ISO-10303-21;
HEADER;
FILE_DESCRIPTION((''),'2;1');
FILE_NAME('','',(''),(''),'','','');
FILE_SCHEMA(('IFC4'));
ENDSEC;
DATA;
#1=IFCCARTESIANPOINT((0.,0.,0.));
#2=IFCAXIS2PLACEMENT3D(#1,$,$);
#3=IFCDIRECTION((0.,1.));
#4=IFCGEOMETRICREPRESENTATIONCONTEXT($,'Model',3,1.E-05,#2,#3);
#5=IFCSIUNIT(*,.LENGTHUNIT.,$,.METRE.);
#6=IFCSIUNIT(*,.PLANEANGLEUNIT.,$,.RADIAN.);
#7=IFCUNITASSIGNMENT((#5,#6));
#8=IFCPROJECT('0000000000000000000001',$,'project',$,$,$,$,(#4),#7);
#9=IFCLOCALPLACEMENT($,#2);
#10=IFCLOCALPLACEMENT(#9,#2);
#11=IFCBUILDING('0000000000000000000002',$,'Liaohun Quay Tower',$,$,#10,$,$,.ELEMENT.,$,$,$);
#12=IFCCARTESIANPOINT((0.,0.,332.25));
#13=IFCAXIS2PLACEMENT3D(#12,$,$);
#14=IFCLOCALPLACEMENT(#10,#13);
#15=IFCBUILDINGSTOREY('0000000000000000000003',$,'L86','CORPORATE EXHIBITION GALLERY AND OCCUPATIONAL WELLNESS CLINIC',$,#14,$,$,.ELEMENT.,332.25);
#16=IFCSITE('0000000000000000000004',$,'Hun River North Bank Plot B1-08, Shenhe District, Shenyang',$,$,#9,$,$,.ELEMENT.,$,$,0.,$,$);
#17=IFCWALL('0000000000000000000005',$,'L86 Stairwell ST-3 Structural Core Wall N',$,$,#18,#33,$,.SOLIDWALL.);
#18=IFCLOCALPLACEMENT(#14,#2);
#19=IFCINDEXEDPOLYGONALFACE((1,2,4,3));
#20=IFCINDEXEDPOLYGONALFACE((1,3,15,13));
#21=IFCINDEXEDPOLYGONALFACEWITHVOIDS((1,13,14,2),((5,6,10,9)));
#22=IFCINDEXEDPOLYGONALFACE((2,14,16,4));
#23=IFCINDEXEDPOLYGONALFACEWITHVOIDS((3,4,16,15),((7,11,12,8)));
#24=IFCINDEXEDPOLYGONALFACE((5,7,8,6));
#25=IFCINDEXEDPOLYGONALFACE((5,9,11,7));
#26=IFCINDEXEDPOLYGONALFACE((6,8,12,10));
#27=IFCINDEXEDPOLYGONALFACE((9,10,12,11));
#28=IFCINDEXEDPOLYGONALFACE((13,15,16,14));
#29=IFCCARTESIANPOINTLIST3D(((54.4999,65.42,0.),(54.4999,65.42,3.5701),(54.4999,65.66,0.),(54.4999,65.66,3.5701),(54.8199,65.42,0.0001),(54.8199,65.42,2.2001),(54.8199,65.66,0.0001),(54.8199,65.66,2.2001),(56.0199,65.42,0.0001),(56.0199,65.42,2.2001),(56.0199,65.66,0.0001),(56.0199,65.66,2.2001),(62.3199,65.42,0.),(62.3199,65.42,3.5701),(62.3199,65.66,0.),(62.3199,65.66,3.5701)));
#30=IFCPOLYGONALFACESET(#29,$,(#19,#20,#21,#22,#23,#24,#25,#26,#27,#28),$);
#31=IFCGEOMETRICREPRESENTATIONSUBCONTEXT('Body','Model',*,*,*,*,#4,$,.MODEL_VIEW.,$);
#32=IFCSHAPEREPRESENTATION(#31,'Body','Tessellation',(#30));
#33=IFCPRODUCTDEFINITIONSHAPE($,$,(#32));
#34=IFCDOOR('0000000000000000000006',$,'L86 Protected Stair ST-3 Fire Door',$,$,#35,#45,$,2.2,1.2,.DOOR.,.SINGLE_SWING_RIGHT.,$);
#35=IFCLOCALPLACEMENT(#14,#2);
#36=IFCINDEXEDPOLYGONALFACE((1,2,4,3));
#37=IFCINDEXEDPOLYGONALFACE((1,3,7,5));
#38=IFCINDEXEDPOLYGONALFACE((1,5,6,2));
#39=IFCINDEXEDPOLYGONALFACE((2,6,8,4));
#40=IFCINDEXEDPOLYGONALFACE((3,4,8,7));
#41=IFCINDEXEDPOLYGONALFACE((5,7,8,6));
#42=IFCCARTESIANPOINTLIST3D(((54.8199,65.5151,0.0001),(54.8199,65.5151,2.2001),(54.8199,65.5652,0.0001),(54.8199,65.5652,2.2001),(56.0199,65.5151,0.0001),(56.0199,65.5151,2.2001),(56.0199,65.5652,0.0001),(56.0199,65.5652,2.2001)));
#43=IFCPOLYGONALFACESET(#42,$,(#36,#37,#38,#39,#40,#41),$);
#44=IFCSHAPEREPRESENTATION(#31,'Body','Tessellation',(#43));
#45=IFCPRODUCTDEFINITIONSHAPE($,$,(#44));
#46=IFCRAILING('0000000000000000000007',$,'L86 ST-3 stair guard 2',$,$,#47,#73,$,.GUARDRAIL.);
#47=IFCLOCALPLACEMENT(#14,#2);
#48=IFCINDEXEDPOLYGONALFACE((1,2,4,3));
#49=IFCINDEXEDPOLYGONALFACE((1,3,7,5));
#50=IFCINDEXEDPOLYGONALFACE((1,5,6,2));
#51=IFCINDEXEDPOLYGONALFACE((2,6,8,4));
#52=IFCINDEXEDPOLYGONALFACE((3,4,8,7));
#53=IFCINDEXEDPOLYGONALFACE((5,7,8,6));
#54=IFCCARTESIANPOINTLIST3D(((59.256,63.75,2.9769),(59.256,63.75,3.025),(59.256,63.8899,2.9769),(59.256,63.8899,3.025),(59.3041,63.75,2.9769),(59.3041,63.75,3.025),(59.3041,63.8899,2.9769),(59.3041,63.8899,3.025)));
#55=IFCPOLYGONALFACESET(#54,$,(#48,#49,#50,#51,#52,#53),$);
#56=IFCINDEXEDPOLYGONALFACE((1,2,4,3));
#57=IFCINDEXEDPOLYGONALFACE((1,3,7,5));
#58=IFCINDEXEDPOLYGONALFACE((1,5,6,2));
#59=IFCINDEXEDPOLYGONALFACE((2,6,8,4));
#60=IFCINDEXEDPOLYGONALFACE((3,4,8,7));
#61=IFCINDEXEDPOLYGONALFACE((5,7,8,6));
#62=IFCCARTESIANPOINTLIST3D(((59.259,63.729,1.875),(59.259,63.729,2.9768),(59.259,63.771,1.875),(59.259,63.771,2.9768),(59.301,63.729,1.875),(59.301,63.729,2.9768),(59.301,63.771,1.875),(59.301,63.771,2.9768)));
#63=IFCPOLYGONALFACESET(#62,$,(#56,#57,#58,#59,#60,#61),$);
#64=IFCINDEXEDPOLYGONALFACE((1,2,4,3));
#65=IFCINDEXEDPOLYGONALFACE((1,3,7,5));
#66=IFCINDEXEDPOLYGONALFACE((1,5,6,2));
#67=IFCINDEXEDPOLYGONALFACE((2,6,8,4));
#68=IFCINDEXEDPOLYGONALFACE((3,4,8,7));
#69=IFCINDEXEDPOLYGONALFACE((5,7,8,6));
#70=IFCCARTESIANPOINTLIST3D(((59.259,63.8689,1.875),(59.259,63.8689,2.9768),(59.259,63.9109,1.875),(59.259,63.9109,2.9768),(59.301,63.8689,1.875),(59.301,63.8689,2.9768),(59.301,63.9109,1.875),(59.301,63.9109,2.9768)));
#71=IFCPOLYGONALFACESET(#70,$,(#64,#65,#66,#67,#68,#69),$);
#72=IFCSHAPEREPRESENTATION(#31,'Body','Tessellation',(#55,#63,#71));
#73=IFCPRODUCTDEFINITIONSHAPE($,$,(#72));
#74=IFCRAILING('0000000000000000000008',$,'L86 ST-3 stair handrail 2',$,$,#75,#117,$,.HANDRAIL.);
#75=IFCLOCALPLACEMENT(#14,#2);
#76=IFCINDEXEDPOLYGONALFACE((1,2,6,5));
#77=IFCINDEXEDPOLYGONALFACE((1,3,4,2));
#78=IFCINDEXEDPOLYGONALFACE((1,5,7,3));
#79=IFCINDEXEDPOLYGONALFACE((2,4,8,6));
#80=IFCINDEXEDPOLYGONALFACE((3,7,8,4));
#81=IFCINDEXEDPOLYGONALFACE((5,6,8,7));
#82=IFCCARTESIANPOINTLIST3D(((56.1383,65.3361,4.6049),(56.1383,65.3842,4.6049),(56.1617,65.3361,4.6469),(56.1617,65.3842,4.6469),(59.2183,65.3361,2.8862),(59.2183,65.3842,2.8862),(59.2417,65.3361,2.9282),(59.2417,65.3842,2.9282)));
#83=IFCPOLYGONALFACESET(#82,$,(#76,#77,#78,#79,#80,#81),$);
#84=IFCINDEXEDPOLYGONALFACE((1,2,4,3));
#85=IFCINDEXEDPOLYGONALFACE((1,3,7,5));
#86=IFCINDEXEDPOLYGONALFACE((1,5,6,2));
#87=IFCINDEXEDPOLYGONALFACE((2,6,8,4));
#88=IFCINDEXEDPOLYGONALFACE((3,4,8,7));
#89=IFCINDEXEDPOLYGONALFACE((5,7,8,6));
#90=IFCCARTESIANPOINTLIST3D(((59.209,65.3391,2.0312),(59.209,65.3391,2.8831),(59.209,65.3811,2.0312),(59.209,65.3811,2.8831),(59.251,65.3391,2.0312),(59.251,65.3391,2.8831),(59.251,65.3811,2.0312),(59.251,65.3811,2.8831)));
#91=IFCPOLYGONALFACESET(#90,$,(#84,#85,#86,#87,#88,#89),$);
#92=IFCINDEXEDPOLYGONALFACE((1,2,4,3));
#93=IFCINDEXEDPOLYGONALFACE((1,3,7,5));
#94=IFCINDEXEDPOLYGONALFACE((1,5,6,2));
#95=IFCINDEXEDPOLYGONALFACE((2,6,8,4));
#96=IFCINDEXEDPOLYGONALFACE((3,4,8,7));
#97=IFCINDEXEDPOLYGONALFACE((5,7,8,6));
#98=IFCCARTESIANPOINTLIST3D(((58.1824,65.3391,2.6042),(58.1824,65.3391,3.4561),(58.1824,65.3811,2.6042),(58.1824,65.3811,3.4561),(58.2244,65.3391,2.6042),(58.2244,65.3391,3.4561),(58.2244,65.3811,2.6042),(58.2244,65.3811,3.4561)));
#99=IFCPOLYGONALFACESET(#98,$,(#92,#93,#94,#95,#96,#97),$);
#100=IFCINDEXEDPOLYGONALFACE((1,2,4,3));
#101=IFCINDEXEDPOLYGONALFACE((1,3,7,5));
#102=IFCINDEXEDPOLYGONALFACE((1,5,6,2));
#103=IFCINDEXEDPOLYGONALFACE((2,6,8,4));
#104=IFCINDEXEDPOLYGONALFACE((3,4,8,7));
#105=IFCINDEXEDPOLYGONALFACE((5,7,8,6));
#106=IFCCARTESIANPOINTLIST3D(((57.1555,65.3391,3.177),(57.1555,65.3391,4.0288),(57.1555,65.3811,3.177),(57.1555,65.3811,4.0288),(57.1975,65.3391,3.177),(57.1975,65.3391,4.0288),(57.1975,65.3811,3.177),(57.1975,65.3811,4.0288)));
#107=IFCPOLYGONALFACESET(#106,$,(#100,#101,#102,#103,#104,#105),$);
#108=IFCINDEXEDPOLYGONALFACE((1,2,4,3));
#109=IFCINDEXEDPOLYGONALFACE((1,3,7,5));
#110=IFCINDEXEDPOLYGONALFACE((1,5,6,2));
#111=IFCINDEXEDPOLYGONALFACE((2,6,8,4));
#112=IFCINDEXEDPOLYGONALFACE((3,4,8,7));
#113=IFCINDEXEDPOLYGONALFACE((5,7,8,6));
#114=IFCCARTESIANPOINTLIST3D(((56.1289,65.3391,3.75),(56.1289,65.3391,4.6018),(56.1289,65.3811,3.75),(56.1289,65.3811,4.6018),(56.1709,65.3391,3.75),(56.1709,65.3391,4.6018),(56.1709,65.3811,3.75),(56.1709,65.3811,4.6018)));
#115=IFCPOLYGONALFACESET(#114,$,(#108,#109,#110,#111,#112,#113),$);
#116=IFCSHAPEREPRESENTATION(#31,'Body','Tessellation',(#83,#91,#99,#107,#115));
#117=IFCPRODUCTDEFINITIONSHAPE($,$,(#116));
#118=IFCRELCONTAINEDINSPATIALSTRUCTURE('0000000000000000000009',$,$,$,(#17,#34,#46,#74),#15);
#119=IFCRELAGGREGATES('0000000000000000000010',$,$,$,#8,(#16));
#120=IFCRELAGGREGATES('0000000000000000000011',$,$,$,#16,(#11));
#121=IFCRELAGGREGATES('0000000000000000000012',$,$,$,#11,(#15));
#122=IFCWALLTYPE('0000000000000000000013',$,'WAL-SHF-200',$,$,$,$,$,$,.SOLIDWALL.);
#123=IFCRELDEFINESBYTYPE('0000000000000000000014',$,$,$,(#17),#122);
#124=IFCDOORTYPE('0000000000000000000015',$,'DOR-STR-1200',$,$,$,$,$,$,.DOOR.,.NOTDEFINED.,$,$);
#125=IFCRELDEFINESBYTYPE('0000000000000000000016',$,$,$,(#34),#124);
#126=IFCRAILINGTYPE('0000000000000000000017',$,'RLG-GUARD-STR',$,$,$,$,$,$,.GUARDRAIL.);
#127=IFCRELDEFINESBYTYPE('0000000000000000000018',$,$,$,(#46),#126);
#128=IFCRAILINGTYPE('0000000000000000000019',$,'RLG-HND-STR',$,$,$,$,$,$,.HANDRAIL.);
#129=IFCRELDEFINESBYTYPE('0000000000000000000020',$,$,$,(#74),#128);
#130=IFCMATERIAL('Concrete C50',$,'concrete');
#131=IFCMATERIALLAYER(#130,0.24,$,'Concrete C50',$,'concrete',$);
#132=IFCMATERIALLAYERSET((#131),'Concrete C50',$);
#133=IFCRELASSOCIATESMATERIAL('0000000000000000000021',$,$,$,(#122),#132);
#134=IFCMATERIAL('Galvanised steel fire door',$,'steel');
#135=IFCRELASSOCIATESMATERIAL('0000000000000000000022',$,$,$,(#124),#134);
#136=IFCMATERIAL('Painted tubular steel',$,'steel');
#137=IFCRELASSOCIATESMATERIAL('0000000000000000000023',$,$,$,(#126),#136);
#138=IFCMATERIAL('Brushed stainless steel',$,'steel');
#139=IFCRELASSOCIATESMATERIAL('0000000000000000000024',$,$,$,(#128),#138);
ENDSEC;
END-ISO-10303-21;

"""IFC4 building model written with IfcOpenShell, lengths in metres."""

from ifc_helpers import new_model, si_unit, direction, frame, frame_2d, origin, origin_2d, place, context, subcontext, project, spatial, rectangle, extrude, source, transform, mapped, material, layer, layer_set, type_object, element, fill, save


model = new_model("IFC4")

# Units and contexts
model_context = context("Model", 3, precision=1e-05, world=origin(), true_north=direction((0.0, 1.0)))
body_context = subcontext(model_context, "Body", "Model", "MODEL_VIEW")
ifc_project = project(units=[si_unit("LENGTHUNIT", "METRE"), si_unit("PLANEANGLEUNIT", "RADIAN")], contexts=[model_context])

# Site, building, storey
site_placement = place(None, origin())
site = spatial("IfcSite", under=ifc_project, at=site_placement, Name="Hun River North Bank Plot B1-08, Shenhe District, Shenyang", CompositionType="ELEMENT", RefElevation=0.0)
building_placement = place(site_placement, origin())
building = spatial("IfcBuilding", under=site, at=building_placement, Name="Liaohun Quay Tower", CompositionType="ELEMENT")
storey_placement = place(building_placement, frame((0.0, 0.0, 332.25)))
storey = spatial("IfcBuildingStorey", under=building, at=storey_placement, Name="L86", Description="CORPORATE EXHIBITION GALLERY AND OCCUPATIONAL WELLNESS CLINIC", CompositionType="ELEMENT", Elevation=332.25)

# Shared definitions
ifc_material_1 = material(Name="Concrete C50", Category="concrete")

# Shared definitions
ifc_layer_1 = layer(ifc_material_1, 0.24, Name="Concrete C50", Category="concrete")
ifc_layer_set_1 = layer_set([ifc_layer_1], Name="Concrete C50")
wall_type_1 = type_object("IfcWallType", Name="WAL-SHF-200", PredefinedType="SOLIDWALL", material=ifc_layer_set_1)

# Wall, opening, door
wall_1_placement = place(storey_placement, frame((62.3201, 65.54, 0.0), z_axis=(0.0, 0.0, 1.0), x_axis=(-1.0, 0.0, 0.0)))
wall_1 = element("IfcWall", 1, at=wall_1_placement, inside=storey, type_object=wall_type_1, Name="L86 Stairwell ST-3 Structural Core Wall N", PredefinedType="SOLIDWALL", context=body_context, shape_type="SweptSolid", body=[
    extrude(rectangle(XDim=7.8201, YDim=0.24, at=frame_2d((3.9102, 0.0))), origin(), (0.0, 0.0, 1.0), 3.5701),
])
shared_shape_1 = source(origin(), body_context, "Body", "SweptSolid", [
    extrude(rectangle(XDim=1.2, YDim=2.2, at=frame_2d((0.6001, 1.1001))), frame((0.0, 0.1299, 0.0), z_axis=(0.0, -1.0, 0.0), x_axis=(1.0, 0.0, 0.0)), (0.0, 0.0, 1.0), 0.26),
])
opening_1_placement = place(wall_1_placement, frame((6.3, 0.0, 0.0)))
opening_1 = element("IfcOpeningElement", 2, at=opening_1_placement, cuts=wall_1, PredefinedType="OPENING", context=body_context, shape_type="MappedRepresentation", body=[
    mapped(shared_shape_1, transform((0.0, 0.0, 0.0), x_axis=(1.0, 0.0, 0.0), y_axis=(0.0, 1.0, 0.0), z_axis=(0.0, 0.0, 1.0), scale=1.0)),
])
ifc_material_2 = material(Name="Galvanised steel fire door", Category="steel")
door_type_1 = type_object("IfcDoorType", Name="DOR-STR-1200", OperationType="NOTDEFINED", PredefinedType="DOOR", material=ifc_material_2)
shared_shape_2 = source(origin(), body_context, "Body", "SweptSolid", [
    extrude(rectangle(XDim=1.2, YDim=2.2, at=frame_2d((0.6001, 1.1001))), frame((0.0, 0.0249, 0.0), z_axis=(0.0, -1.0, 0.0), x_axis=(1.0, 0.0, 0.0)), (0.0, 0.0, 1.0), 0.05),
])
door_1_placement = place(opening_1_placement, origin())
door_1 = element("IfcDoor", 3, at=door_1_placement, inside=storey, type_object=door_type_1, Name="L86 Protected Stair ST-3 Fire Door", OperationType="SINGLE_SWING_RIGHT", OverallHeight=2.2, OverallWidth=1.2, PredefinedType="DOOR", context=body_context, shape_type="MappedRepresentation", body=[
    mapped(shared_shape_2, transform((0.0, 0.0, 0.0), x_axis=(1.0, 0.0, 0.0), y_axis=(0.0, 1.0, 0.0), z_axis=(0.0, 0.0, 1.0), scale=1.0)),
])
fill(opening_1, door_1)

# Railings
ifc_material_3 = material(Name="Painted tubular steel", Category="steel")
railing_type_1 = type_object("IfcRailingType", Name="RLG-GUARD-STR", PredefinedType="GUARDRAIL", material=ifc_material_3)
railing_1_placement = place(storey_placement, frame((59.28, 63.75, 1.875)))
element("IfcRailing", 4, at=railing_1_placement, inside=storey, type_object=railing_type_1, Name="L86 ST-3 stair guard 2", PredefinedType="GUARDRAIL", context=body_context, shape_type="SweptSolid", body=[
    extrude(rectangle(XDim=0.0481, YDim=0.0481, at=origin_2d()), frame((0.0, 0.0, 1.126), z_axis=(0.0, 1.0, 0.0), x_axis=(-1.0, 0.0, 0.0)), (0.0, 0.0, 1.0), 0.1399),
    extrude(rectangle(XDim=0.042, YDim=0.042, at=origin_2d()), origin(), (0.0, 0.0, 1.0), 1.1018),
    extrude(rectangle(XDim=0.042, YDim=0.042, at=origin_2d()), frame((0.0, 0.1399, 0.0)), (0.0, 0.0, 1.0), 1.1018),
])
ifc_material_4 = material(Name="Brushed stainless steel", Category="steel")
railing_type_2 = type_object("IfcRailingType", Name="RLG-HND-STR", PredefinedType="HANDRAIL", material=ifc_material_4)
railing_2_placement = place(storey_placement, frame((59.23, 65.3601, 2.0312)))
element("IfcRailing", 5, at=railing_2_placement, inside=storey, type_object=railing_type_2, Name="L86 ST-3 stair handrail 2", PredefinedType="HANDRAIL", context=body_context, shape_type="SweptSolid", body=[
    extrude(rectangle(XDim=0.0481, YDim=0.0481, at=origin_2d()), frame((0.0, 0.0, 0.876), z_axis=(-0.873242, 0.0, 0.487288), x_axis=(0.0, -1.0, 0.0)), (0.0, 0.0, 1.0), 3.5271),
    extrude(rectangle(XDim=0.042, YDim=0.042, at=origin_2d()), origin(), (0.0, 0.0, 1.0), 0.8518),
    extrude(rectangle(XDim=0.042, YDim=0.042, at=origin_2d()), frame((-1.0266, 0.0, 0.573)), (0.0, 0.0, 1.0), 0.8518),
    extrude(rectangle(XDim=0.042, YDim=0.042, at=origin_2d()), frame((-2.0535, 0.0, 1.1458)), (0.0, 0.0, 1.0), 0.8518),
    extrude(rectangle(XDim=0.042, YDim=0.042, at=origin_2d()), frame((-3.0801, 0.0, 1.7188)), (0.0, 0.0, 1.0), 0.8518),
])

save(model, "model.ifc")
